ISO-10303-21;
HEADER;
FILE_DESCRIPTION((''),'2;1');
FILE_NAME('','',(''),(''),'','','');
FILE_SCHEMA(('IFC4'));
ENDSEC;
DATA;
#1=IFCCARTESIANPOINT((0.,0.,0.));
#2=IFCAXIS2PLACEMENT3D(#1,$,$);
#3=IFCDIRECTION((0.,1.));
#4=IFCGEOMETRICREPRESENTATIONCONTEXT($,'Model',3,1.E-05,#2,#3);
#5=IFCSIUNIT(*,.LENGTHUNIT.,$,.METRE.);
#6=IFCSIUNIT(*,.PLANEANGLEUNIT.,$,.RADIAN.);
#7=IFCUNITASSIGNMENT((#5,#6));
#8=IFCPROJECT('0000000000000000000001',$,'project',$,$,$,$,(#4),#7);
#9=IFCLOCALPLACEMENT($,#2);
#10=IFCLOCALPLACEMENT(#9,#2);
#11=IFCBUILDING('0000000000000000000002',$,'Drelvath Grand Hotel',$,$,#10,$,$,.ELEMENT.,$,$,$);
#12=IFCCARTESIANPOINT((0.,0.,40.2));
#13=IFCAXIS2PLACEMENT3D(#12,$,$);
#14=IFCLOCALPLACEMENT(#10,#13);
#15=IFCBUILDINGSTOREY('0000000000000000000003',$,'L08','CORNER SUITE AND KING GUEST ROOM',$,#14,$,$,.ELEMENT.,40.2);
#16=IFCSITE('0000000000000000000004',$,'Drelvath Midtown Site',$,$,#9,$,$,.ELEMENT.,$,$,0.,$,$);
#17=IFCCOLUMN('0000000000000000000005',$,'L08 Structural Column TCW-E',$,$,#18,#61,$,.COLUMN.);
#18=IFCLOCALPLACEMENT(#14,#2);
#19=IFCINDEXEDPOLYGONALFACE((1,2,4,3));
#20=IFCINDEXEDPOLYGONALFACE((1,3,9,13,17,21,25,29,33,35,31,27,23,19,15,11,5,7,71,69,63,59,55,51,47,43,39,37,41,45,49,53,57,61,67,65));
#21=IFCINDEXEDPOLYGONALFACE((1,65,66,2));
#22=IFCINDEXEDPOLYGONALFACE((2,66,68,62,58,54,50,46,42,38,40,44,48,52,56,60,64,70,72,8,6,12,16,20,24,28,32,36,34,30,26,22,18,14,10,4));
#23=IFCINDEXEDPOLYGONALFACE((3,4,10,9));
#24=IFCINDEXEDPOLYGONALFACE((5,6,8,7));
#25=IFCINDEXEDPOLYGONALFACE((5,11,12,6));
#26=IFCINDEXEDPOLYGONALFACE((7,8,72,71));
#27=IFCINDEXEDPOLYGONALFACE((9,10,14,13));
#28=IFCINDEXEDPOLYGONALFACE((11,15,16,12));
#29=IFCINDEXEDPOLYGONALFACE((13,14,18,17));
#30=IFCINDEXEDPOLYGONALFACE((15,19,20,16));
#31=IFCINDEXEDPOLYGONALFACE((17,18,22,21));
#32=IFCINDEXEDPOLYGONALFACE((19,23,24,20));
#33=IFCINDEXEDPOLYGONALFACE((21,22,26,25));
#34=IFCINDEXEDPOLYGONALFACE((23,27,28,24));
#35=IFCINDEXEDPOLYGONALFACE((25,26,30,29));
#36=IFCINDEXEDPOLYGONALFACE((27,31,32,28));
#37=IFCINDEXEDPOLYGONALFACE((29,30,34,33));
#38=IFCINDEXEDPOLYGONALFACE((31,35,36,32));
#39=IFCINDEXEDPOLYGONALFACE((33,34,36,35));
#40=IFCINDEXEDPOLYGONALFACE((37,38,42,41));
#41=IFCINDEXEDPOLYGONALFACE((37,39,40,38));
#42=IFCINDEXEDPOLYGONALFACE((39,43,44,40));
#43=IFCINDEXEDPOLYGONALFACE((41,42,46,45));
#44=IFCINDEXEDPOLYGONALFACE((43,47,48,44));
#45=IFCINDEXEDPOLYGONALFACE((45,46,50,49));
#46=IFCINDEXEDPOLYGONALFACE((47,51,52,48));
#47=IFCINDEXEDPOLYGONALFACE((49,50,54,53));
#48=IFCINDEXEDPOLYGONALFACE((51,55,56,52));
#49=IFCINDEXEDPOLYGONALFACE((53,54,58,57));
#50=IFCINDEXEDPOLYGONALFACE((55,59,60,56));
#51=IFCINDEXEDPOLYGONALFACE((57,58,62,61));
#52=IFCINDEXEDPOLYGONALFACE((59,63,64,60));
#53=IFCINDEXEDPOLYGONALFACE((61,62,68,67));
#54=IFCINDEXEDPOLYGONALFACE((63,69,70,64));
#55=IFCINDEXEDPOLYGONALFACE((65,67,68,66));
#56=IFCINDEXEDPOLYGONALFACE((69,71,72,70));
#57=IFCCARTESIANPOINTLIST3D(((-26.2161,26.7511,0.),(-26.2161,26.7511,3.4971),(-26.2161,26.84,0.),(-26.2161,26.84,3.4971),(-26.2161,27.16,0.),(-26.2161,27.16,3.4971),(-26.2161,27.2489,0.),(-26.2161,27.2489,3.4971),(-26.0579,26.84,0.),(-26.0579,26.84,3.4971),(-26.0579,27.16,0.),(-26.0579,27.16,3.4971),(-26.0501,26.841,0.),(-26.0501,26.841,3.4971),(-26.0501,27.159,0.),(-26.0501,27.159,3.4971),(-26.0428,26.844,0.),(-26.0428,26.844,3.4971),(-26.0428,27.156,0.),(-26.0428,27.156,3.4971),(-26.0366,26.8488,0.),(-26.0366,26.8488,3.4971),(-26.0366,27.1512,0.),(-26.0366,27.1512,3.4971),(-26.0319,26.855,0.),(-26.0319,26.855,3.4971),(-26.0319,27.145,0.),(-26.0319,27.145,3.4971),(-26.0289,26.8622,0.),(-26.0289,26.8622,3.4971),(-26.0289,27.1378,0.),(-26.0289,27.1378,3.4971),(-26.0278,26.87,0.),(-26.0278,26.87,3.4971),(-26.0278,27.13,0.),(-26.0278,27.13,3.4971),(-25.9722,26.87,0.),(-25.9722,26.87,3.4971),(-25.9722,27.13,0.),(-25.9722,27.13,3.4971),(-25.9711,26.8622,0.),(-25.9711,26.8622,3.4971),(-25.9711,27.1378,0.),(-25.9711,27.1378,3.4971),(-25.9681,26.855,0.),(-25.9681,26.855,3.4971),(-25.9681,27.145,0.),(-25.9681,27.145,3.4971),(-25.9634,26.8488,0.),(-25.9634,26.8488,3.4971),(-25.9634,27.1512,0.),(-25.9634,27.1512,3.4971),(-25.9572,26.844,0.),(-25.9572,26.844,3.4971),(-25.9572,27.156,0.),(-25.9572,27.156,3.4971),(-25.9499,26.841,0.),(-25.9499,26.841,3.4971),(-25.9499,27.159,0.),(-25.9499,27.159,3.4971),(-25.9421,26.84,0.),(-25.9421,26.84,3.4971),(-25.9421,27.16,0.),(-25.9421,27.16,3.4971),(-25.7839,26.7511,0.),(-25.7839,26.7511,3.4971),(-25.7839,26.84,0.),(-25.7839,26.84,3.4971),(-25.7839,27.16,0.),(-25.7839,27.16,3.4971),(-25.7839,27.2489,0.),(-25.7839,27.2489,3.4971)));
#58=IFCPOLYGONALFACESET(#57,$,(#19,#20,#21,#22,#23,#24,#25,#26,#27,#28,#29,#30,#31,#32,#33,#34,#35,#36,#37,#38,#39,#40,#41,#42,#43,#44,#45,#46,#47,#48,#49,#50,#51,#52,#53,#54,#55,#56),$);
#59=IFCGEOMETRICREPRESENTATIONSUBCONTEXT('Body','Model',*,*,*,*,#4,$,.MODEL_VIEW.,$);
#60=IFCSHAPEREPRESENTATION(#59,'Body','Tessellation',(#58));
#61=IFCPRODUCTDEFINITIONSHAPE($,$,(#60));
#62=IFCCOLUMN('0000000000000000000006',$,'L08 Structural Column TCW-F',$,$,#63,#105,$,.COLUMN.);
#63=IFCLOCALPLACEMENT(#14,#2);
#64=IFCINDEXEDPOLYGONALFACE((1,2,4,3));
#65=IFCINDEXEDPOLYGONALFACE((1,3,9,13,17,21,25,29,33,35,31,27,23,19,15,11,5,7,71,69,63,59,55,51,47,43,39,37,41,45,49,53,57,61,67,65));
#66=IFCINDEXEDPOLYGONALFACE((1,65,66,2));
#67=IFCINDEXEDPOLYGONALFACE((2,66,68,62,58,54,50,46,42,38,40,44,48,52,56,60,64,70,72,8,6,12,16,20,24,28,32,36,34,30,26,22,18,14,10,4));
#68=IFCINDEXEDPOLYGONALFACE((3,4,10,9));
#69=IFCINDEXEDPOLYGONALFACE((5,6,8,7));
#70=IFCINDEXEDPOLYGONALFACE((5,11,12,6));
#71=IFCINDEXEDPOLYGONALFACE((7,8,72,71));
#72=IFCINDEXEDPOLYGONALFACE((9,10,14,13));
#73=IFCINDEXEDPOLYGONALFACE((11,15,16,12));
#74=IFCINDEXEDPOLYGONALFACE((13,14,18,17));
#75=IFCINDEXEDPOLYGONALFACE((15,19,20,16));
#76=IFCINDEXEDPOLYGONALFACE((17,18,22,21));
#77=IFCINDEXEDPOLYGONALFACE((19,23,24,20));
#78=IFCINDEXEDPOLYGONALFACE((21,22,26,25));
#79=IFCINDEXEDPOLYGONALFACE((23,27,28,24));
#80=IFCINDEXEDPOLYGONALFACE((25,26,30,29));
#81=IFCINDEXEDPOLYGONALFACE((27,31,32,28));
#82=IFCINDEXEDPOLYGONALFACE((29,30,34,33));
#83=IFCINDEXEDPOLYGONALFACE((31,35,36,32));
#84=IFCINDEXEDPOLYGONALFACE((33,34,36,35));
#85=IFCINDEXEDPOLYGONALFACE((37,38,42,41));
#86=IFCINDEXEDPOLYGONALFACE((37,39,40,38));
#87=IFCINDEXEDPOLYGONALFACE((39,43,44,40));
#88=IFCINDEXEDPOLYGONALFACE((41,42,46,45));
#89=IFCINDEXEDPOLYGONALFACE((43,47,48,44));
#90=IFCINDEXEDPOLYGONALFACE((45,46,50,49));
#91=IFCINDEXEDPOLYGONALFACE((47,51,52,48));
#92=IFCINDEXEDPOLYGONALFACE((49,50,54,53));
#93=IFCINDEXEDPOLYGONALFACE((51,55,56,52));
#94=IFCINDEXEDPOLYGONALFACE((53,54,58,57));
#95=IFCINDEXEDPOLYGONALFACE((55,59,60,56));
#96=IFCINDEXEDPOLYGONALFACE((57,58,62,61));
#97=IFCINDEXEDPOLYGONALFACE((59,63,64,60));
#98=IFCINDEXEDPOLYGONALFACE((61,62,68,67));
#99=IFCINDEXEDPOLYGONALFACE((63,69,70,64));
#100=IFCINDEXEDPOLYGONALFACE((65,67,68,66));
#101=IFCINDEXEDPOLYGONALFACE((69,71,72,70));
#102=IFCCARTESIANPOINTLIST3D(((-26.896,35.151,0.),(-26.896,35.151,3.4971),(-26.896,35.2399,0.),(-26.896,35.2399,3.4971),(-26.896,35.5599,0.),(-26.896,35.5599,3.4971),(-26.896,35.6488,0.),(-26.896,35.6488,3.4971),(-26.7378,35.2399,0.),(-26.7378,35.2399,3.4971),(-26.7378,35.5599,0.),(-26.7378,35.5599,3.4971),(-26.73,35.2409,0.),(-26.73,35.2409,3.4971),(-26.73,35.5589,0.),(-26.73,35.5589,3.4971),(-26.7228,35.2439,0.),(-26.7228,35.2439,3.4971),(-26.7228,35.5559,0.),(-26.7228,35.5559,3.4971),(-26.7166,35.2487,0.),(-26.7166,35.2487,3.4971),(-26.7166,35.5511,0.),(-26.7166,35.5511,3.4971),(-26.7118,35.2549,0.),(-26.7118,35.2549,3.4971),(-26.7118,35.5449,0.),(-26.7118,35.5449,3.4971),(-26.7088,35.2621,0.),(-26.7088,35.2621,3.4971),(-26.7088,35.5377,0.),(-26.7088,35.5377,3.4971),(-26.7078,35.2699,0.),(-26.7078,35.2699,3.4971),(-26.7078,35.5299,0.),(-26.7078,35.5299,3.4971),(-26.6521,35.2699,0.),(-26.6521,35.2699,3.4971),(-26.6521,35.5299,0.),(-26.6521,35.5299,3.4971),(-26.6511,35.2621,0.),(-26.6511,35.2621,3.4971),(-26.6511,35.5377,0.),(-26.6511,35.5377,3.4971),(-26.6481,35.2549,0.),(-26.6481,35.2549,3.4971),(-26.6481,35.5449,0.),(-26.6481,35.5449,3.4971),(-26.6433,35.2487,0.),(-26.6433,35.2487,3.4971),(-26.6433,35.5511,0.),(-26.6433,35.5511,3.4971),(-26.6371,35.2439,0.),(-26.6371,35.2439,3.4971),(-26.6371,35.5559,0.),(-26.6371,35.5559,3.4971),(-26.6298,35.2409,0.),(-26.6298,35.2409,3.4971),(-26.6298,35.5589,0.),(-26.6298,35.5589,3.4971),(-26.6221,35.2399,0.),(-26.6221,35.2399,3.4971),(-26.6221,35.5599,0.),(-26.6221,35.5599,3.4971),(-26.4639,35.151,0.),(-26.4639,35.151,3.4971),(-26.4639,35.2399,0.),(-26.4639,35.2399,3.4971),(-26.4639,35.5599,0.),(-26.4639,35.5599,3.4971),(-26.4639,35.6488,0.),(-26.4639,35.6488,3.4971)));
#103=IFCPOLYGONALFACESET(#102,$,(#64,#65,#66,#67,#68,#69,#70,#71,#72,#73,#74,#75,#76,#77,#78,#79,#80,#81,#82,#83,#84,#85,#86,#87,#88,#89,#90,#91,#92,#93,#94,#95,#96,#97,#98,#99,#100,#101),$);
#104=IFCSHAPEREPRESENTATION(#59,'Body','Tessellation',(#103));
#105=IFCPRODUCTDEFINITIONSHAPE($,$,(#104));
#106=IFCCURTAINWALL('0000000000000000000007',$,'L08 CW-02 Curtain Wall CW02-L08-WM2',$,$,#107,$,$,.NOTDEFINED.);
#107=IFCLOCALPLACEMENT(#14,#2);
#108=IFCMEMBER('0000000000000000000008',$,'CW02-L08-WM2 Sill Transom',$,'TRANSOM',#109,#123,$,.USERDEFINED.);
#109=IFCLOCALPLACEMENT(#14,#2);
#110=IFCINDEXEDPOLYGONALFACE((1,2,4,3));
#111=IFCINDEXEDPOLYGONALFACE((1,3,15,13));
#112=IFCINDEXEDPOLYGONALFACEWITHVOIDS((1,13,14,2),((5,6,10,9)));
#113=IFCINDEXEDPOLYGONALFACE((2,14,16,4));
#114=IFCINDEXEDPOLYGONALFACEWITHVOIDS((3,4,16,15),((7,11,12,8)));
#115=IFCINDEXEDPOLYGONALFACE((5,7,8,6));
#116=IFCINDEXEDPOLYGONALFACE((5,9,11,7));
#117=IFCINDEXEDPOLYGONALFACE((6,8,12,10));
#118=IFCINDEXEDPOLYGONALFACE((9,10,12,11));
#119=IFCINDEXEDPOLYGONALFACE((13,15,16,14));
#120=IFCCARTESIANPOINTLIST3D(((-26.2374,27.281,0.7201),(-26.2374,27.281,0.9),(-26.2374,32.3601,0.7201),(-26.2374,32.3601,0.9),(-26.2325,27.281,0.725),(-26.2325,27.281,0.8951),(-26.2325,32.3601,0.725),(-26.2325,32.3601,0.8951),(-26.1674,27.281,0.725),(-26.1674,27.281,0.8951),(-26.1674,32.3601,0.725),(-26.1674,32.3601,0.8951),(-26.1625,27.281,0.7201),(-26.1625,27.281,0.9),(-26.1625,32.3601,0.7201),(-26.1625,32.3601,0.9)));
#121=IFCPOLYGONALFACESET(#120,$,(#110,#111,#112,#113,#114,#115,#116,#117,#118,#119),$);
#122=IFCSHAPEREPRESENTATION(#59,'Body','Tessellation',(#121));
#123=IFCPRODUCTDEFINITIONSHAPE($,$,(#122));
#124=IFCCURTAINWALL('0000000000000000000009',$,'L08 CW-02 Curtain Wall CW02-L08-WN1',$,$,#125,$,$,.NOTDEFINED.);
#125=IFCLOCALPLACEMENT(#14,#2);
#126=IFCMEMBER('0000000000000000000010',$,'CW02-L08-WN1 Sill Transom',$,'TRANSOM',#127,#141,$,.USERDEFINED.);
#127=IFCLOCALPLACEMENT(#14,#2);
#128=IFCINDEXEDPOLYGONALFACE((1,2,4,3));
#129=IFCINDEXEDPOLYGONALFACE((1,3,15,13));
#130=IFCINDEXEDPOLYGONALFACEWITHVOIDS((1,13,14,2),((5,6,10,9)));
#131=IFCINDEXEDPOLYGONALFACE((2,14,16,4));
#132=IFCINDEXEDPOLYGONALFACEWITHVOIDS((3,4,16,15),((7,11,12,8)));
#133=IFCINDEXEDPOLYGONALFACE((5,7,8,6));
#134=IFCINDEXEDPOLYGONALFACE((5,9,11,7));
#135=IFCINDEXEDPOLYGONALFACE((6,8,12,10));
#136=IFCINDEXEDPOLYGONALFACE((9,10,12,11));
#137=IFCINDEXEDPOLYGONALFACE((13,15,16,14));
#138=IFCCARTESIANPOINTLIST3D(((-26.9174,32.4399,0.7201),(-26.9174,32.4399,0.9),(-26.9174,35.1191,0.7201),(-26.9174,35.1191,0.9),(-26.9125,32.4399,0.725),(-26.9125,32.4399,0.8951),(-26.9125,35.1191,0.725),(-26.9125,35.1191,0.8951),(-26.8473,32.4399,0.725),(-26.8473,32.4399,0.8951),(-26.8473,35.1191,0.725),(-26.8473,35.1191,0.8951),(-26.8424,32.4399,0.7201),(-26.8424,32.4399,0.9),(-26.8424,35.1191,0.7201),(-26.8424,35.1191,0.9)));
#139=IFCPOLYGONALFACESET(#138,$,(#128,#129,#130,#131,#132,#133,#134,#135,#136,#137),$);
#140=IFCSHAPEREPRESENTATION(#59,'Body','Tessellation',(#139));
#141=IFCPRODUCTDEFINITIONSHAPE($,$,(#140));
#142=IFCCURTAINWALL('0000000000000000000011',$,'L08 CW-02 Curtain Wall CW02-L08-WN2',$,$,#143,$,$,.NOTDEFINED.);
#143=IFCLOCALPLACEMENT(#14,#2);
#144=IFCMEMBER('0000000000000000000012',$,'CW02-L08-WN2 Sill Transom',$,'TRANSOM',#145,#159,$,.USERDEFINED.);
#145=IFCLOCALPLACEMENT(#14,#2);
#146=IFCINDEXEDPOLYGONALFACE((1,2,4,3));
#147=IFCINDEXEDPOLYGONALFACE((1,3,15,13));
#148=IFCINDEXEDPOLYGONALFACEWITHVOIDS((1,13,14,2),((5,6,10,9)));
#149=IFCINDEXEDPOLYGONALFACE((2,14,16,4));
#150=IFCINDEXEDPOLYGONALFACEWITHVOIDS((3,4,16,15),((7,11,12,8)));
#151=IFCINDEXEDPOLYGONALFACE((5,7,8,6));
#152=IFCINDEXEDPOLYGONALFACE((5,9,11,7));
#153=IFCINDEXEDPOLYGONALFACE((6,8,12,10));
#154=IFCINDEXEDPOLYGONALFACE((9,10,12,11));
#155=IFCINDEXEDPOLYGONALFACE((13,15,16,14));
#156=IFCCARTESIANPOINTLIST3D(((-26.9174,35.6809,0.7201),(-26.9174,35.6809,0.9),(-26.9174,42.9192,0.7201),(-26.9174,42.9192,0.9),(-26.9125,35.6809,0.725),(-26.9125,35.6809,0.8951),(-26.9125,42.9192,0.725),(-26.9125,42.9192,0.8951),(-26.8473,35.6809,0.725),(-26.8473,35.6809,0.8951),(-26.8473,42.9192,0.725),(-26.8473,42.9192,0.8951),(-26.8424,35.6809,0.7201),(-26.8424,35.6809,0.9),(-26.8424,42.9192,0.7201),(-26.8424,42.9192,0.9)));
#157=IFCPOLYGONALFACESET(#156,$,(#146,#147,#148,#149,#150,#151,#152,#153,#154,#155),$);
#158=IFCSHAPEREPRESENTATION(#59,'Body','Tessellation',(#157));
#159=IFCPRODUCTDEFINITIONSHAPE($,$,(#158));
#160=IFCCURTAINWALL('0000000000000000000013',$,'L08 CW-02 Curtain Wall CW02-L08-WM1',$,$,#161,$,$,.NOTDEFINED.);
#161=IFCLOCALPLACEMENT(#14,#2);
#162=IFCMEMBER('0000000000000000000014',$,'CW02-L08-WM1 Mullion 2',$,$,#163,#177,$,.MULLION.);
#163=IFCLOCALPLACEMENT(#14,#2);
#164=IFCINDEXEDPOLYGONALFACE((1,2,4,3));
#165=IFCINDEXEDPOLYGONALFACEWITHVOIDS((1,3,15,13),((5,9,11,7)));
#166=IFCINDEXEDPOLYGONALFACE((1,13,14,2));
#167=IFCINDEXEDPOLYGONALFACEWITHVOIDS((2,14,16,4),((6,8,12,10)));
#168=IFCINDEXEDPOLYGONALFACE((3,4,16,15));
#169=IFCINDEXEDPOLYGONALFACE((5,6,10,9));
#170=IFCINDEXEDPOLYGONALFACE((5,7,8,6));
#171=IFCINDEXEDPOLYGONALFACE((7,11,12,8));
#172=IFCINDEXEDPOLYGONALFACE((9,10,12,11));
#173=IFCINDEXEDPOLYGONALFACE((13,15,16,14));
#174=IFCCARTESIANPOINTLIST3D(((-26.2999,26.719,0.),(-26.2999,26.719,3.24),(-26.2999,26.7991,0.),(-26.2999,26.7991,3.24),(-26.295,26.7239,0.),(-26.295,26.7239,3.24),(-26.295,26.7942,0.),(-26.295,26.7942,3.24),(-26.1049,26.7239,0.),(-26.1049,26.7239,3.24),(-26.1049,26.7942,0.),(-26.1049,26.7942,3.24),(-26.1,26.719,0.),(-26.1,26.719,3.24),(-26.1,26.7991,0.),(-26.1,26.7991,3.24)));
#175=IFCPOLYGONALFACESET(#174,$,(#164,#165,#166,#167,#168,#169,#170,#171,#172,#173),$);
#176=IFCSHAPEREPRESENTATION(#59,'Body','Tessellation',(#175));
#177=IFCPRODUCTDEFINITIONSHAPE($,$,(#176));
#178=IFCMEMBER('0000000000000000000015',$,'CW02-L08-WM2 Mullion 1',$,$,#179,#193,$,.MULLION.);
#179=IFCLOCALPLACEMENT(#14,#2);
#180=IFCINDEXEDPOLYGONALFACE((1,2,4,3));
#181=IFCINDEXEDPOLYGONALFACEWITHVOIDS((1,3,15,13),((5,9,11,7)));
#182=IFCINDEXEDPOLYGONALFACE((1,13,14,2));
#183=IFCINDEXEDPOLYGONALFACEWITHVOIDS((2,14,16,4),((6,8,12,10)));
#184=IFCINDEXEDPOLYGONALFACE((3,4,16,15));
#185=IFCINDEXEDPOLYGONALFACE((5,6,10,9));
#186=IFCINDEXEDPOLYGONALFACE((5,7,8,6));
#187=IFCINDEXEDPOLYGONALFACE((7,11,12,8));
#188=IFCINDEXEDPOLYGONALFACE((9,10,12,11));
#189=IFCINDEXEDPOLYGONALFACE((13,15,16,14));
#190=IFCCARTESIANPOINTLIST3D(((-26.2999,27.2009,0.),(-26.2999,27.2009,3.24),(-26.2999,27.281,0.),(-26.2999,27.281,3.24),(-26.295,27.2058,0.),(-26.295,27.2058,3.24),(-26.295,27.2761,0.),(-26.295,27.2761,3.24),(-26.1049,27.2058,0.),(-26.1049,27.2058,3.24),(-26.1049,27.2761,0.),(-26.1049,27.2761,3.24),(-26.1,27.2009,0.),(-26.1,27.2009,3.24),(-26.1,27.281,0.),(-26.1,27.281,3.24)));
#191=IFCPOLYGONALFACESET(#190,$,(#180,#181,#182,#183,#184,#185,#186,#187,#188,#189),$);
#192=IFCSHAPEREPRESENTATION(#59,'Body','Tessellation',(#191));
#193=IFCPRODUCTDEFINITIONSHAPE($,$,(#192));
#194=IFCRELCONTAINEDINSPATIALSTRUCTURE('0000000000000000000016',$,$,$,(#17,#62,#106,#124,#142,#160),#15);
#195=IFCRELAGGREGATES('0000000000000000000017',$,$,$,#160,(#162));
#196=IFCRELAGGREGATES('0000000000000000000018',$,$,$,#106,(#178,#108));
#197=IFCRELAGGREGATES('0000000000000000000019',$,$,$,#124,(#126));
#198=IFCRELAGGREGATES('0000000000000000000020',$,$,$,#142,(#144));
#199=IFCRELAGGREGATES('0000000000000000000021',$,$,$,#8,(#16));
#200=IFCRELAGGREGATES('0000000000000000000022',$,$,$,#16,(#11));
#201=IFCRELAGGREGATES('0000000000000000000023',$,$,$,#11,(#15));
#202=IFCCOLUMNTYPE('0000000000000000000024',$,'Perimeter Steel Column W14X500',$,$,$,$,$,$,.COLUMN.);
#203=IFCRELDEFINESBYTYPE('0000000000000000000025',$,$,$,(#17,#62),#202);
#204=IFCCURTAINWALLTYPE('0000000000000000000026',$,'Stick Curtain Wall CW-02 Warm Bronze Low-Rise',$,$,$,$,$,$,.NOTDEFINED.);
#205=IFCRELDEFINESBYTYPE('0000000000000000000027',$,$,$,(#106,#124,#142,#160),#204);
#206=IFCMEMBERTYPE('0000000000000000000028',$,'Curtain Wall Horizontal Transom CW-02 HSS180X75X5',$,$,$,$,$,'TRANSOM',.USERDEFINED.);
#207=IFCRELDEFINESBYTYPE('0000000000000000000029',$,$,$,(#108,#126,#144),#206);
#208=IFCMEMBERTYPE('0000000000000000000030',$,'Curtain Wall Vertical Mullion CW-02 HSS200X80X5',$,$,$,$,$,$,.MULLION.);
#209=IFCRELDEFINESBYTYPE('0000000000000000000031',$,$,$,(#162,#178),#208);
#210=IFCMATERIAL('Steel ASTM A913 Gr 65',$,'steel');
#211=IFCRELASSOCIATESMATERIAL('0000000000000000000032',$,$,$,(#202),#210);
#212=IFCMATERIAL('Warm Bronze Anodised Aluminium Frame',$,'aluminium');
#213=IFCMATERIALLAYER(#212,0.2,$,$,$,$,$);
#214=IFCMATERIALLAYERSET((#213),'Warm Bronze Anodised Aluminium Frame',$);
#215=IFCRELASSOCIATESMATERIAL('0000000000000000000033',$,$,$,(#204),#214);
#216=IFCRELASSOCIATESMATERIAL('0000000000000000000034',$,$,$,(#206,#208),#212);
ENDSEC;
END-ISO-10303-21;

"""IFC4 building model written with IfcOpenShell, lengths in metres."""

from ifc_helpers import new_model, si_unit, direction, frame, origin, origin_2d, place, context, subcontext, project, spatial, hollow_rectangle, i_section, extrude, material, layer, layer_set, material_profile, profile_set, type_object, element, aggregate, save


model = new_model("IFC4")

# Units and contexts
model_context = context("Model", 3, precision=1e-05, world=origin(), true_north=direction((0.0, 1.0)))
body_context = subcontext(model_context, "Body", "Model", "MODEL_VIEW")
ifc_project = project(units=[si_unit("LENGTHUNIT", "METRE"), si_unit("PLANEANGLEUNIT", "RADIAN")], contexts=[model_context])

# Site, building, storey
site_placement = place(None, origin())
site = spatial("IfcSite", under=ifc_project, at=site_placement, Name="Drelvath Midtown Site", CompositionType="ELEMENT", RefElevation=0.0)
building_placement = place(site_placement, origin())
building = spatial("IfcBuilding", under=site, at=building_placement, Name="Drelvath Grand Hotel", CompositionType="ELEMENT")
storey_placement = place(building_placement, frame((0.0, 0.0, 40.2)))
storey = spatial("IfcBuildingStorey", under=building, at=storey_placement, Name="L08", Description="CORNER SUITE AND KING GUEST ROOM", CompositionType="ELEMENT", Elevation=40.2)

# Columns
ifc_material_1 = material(Name="Steel ASTM A913 Gr 65", Category="steel")
ifc_material_profile_1 = material_profile(ifc_material_1, i_section(OverallWidth=0.4321, OverallDepth=0.4978, WebThickness=0.0557, FlangeThickness=0.0889, FilletRadius=0.03, at=origin_2d()), Name="W14X500")
ifc_profile_set_1 = profile_set([ifc_material_profile_1], Name="Steel ASTM A913 Gr 65")
column_type = type_object("IfcColumnType", Name="Perimeter Steel Column W14X500", PredefinedType="COLUMN", material=ifc_profile_set_1)
for number, where, z_axis, x_axis, name in (
    (1, (-26.0, 27.0, 0.0), (0.0, 0.0, 1.0), (1.0, 0.0, 0.0), "L08 Structural Column TCW-E"),
    (2, (-26.6799, 35.3999, 0.0), (0.0, 0.0, 1.0), (1.0, 0.0, 0.0), "L08 Structural Column TCW-F"),
):
    element("IfcColumn", number, at=place(storey_placement, frame(where, z_axis=z_axis, x_axis=x_axis)), inside=storey, type_object=column_type, Name=name, PredefinedType="COLUMN", context=body_context, shape_type="SweptSolid", body=[
        extrude(i_section(OverallWidth=0.4321, OverallDepth=0.4978, WebThickness=0.0557, FlangeThickness=0.0889, FilletRadius=0.03, at=origin_2d()), origin(), (0.0, 0.0, 1.0), 3.4971),
    ])

# Curtain walls, members
ifc_material_2 = material(Name="Warm Bronze Anodised Aluminium Frame", Category="aluminium")
ifc_layer_1 = layer(ifc_material_2, 0.2)
ifc_layer_set_1 = layer_set([ifc_layer_1], Name="Warm Bronze Anodised Aluminium Frame")
curtain_wall_type = type_object("IfcCurtainWallType", Name="Stick Curtain Wall CW-02 Warm Bronze Low-Rise", PredefinedType="NOTDEFINED", material=ifc_layer_set_1)
curtain_wall_1_placement = place(storey_placement, origin())
curtain_wall_1 = element("IfcCurtainWall", 3, at=curtain_wall_1_placement, inside=storey, type_object=curtain_wall_type, Name="L08 CW-02 Curtain Wall CW02-L08-WM2", PredefinedType="NOTDEFINED")
ifc_material_profile_2 = material_profile(ifc_material_2, hollow_rectangle(XDim=0.075, YDim=0.1799, WallThickness=0.0049, at=origin_2d()), Name="HSS180X75X5")
ifc_profile_set_2 = profile_set([ifc_material_profile_2], Name="Warm Bronze Anodised Aluminium Frame")
member_type_1 = type_object("IfcMemberType", Name="Curtain Wall Horizontal Transom CW-02 HSS180X75X5", ElementType="TRANSOM", PredefinedType="USERDEFINED", material=ifc_profile_set_2)
member_1_placement = place(storey_placement, frame((-26.2, 27.281, 0.8101), z_axis=(0.0, 1.0, 0.0), x_axis=(-1.0, 0.0, 0.0)))
member_1 = element("IfcMember", 4, at=member_1_placement, type_object=member_type_1, Name="CW02-L08-WM2 Sill Transom", ObjectType="TRANSOM", PredefinedType="USERDEFINED", context=body_context, shape_type="SweptSolid", body=[
    extrude(hollow_rectangle(XDim=0.075, YDim=0.1799, WallThickness=0.0049, at=origin_2d()), origin(), (0.0, 0.0, 1.0), 5.0791),
])
curtain_wall_2_placement = place(storey_placement, origin())
curtain_wall_2 = element("IfcCurtainWall", 5, at=curtain_wall_2_placement, inside=storey, type_object=curtain_wall_type, Name="L08 CW-02 Curtain Wall CW02-L08-WN1", PredefinedType="NOTDEFINED")
member_2_placement = place(storey_placement, frame((-26.8799, 32.4399, 0.8101), z_axis=(0.0, 1.0, 0.0), x_axis=(-1.0, 0.0, 0.0)))
member_2 = element("IfcMember", 6, at=member_2_placement, type_object=member_type_1, Name="CW02-L08-WN1 Sill Transom", ObjectType="TRANSOM", PredefinedType="USERDEFINED", context=body_context, shape_type="SweptSolid", body=[
    extrude(hollow_rectangle(XDim=0.075, YDim=0.1799, WallThickness=0.0049, at=origin_2d()), origin(), (0.0, 0.0, 1.0), 2.6792),
])
curtain_wall_3_placement = place(storey_placement, origin())
curtain_wall_3 = element("IfcCurtainWall", 7, at=curtain_wall_3_placement, inside=storey, type_object=curtain_wall_type, Name="L08 CW-02 Curtain Wall CW02-L08-WN2", PredefinedType="NOTDEFINED")
member_3_placement = place(storey_placement, frame((-26.8799, 35.6809, 0.8101), z_axis=(0.0, 1.0, 0.0), x_axis=(-1.0, 0.0, 0.0)))
member_3 = element("IfcMember", 8, at=member_3_placement, type_object=member_type_1, Name="CW02-L08-WN2 Sill Transom", ObjectType="TRANSOM", PredefinedType="USERDEFINED", context=body_context, shape_type="SweptSolid", body=[
    extrude(hollow_rectangle(XDim=0.075, YDim=0.1799, WallThickness=0.0049, at=origin_2d()), origin(), (0.0, 0.0, 1.0), 7.2383),
])
curtain_wall_4_placement = place(storey_placement, origin())
curtain_wall_4 = element("IfcCurtainWall", 9, at=curtain_wall_4_placement, inside=storey, type_object=curtain_wall_type, Name="L08 CW-02 Curtain Wall CW02-L08-WM1", PredefinedType="NOTDEFINED")
ifc_material_profile_3 = material_profile(ifc_material_2, hollow_rectangle(XDim=0.0801, YDim=0.2, WallThickness=0.0049, at=origin_2d()), Name="HSS200X80X5")
ifc_profile_set_3 = profile_set([ifc_material_profile_3], Name="Warm Bronze Anodised Aluminium Frame")
member_type_2 = type_object("IfcMemberType", Name="Curtain Wall Vertical Mullion CW-02 HSS200X80X5", PredefinedType="MULLION", material=ifc_profile_set_3)
member_4_placement = place(storey_placement, frame((-26.2, 26.759, 0.0), z_axis=(0.0, 0.0, 1.0), x_axis=(0.0, 1.0, 0.0)))
member_4 = element("IfcMember", 10, at=member_4_placement, type_object=member_type_2, Name="CW02-L08-WM1 Mullion 2", PredefinedType="MULLION", context=body_context, shape_type="SweptSolid", body=[
    extrude(hollow_rectangle(XDim=0.0801, YDim=0.2, WallThickness=0.0049, at=origin_2d()), origin(), (0.0, 0.0, 1.0), 3.24),
])
aggregate(curtain_wall_4, [member_4])

# Member
member_5_placement = place(storey_placement, frame((-26.2, 27.241, 0.0), z_axis=(0.0, 0.0, 1.0), x_axis=(0.0, 1.0, 0.0)))
member_5 = element("IfcMember", 11, at=member_5_placement, type_object=member_type_2, Name="CW02-L08-WM2 Mullion 1", PredefinedType="MULLION", context=body_context, shape_type="SweptSolid", body=[
    extrude(hollow_rectangle(XDim=0.0801, YDim=0.2, WallThickness=0.0049, at=origin_2d()), origin(), (0.0, 0.0, 1.0), 3.24),
])

aggregate(curtain_wall_1, [member_5, member_1])
aggregate(curtain_wall_2, [member_2])
aggregate(curtain_wall_3, [member_3])

save(model, "model.ifc")
